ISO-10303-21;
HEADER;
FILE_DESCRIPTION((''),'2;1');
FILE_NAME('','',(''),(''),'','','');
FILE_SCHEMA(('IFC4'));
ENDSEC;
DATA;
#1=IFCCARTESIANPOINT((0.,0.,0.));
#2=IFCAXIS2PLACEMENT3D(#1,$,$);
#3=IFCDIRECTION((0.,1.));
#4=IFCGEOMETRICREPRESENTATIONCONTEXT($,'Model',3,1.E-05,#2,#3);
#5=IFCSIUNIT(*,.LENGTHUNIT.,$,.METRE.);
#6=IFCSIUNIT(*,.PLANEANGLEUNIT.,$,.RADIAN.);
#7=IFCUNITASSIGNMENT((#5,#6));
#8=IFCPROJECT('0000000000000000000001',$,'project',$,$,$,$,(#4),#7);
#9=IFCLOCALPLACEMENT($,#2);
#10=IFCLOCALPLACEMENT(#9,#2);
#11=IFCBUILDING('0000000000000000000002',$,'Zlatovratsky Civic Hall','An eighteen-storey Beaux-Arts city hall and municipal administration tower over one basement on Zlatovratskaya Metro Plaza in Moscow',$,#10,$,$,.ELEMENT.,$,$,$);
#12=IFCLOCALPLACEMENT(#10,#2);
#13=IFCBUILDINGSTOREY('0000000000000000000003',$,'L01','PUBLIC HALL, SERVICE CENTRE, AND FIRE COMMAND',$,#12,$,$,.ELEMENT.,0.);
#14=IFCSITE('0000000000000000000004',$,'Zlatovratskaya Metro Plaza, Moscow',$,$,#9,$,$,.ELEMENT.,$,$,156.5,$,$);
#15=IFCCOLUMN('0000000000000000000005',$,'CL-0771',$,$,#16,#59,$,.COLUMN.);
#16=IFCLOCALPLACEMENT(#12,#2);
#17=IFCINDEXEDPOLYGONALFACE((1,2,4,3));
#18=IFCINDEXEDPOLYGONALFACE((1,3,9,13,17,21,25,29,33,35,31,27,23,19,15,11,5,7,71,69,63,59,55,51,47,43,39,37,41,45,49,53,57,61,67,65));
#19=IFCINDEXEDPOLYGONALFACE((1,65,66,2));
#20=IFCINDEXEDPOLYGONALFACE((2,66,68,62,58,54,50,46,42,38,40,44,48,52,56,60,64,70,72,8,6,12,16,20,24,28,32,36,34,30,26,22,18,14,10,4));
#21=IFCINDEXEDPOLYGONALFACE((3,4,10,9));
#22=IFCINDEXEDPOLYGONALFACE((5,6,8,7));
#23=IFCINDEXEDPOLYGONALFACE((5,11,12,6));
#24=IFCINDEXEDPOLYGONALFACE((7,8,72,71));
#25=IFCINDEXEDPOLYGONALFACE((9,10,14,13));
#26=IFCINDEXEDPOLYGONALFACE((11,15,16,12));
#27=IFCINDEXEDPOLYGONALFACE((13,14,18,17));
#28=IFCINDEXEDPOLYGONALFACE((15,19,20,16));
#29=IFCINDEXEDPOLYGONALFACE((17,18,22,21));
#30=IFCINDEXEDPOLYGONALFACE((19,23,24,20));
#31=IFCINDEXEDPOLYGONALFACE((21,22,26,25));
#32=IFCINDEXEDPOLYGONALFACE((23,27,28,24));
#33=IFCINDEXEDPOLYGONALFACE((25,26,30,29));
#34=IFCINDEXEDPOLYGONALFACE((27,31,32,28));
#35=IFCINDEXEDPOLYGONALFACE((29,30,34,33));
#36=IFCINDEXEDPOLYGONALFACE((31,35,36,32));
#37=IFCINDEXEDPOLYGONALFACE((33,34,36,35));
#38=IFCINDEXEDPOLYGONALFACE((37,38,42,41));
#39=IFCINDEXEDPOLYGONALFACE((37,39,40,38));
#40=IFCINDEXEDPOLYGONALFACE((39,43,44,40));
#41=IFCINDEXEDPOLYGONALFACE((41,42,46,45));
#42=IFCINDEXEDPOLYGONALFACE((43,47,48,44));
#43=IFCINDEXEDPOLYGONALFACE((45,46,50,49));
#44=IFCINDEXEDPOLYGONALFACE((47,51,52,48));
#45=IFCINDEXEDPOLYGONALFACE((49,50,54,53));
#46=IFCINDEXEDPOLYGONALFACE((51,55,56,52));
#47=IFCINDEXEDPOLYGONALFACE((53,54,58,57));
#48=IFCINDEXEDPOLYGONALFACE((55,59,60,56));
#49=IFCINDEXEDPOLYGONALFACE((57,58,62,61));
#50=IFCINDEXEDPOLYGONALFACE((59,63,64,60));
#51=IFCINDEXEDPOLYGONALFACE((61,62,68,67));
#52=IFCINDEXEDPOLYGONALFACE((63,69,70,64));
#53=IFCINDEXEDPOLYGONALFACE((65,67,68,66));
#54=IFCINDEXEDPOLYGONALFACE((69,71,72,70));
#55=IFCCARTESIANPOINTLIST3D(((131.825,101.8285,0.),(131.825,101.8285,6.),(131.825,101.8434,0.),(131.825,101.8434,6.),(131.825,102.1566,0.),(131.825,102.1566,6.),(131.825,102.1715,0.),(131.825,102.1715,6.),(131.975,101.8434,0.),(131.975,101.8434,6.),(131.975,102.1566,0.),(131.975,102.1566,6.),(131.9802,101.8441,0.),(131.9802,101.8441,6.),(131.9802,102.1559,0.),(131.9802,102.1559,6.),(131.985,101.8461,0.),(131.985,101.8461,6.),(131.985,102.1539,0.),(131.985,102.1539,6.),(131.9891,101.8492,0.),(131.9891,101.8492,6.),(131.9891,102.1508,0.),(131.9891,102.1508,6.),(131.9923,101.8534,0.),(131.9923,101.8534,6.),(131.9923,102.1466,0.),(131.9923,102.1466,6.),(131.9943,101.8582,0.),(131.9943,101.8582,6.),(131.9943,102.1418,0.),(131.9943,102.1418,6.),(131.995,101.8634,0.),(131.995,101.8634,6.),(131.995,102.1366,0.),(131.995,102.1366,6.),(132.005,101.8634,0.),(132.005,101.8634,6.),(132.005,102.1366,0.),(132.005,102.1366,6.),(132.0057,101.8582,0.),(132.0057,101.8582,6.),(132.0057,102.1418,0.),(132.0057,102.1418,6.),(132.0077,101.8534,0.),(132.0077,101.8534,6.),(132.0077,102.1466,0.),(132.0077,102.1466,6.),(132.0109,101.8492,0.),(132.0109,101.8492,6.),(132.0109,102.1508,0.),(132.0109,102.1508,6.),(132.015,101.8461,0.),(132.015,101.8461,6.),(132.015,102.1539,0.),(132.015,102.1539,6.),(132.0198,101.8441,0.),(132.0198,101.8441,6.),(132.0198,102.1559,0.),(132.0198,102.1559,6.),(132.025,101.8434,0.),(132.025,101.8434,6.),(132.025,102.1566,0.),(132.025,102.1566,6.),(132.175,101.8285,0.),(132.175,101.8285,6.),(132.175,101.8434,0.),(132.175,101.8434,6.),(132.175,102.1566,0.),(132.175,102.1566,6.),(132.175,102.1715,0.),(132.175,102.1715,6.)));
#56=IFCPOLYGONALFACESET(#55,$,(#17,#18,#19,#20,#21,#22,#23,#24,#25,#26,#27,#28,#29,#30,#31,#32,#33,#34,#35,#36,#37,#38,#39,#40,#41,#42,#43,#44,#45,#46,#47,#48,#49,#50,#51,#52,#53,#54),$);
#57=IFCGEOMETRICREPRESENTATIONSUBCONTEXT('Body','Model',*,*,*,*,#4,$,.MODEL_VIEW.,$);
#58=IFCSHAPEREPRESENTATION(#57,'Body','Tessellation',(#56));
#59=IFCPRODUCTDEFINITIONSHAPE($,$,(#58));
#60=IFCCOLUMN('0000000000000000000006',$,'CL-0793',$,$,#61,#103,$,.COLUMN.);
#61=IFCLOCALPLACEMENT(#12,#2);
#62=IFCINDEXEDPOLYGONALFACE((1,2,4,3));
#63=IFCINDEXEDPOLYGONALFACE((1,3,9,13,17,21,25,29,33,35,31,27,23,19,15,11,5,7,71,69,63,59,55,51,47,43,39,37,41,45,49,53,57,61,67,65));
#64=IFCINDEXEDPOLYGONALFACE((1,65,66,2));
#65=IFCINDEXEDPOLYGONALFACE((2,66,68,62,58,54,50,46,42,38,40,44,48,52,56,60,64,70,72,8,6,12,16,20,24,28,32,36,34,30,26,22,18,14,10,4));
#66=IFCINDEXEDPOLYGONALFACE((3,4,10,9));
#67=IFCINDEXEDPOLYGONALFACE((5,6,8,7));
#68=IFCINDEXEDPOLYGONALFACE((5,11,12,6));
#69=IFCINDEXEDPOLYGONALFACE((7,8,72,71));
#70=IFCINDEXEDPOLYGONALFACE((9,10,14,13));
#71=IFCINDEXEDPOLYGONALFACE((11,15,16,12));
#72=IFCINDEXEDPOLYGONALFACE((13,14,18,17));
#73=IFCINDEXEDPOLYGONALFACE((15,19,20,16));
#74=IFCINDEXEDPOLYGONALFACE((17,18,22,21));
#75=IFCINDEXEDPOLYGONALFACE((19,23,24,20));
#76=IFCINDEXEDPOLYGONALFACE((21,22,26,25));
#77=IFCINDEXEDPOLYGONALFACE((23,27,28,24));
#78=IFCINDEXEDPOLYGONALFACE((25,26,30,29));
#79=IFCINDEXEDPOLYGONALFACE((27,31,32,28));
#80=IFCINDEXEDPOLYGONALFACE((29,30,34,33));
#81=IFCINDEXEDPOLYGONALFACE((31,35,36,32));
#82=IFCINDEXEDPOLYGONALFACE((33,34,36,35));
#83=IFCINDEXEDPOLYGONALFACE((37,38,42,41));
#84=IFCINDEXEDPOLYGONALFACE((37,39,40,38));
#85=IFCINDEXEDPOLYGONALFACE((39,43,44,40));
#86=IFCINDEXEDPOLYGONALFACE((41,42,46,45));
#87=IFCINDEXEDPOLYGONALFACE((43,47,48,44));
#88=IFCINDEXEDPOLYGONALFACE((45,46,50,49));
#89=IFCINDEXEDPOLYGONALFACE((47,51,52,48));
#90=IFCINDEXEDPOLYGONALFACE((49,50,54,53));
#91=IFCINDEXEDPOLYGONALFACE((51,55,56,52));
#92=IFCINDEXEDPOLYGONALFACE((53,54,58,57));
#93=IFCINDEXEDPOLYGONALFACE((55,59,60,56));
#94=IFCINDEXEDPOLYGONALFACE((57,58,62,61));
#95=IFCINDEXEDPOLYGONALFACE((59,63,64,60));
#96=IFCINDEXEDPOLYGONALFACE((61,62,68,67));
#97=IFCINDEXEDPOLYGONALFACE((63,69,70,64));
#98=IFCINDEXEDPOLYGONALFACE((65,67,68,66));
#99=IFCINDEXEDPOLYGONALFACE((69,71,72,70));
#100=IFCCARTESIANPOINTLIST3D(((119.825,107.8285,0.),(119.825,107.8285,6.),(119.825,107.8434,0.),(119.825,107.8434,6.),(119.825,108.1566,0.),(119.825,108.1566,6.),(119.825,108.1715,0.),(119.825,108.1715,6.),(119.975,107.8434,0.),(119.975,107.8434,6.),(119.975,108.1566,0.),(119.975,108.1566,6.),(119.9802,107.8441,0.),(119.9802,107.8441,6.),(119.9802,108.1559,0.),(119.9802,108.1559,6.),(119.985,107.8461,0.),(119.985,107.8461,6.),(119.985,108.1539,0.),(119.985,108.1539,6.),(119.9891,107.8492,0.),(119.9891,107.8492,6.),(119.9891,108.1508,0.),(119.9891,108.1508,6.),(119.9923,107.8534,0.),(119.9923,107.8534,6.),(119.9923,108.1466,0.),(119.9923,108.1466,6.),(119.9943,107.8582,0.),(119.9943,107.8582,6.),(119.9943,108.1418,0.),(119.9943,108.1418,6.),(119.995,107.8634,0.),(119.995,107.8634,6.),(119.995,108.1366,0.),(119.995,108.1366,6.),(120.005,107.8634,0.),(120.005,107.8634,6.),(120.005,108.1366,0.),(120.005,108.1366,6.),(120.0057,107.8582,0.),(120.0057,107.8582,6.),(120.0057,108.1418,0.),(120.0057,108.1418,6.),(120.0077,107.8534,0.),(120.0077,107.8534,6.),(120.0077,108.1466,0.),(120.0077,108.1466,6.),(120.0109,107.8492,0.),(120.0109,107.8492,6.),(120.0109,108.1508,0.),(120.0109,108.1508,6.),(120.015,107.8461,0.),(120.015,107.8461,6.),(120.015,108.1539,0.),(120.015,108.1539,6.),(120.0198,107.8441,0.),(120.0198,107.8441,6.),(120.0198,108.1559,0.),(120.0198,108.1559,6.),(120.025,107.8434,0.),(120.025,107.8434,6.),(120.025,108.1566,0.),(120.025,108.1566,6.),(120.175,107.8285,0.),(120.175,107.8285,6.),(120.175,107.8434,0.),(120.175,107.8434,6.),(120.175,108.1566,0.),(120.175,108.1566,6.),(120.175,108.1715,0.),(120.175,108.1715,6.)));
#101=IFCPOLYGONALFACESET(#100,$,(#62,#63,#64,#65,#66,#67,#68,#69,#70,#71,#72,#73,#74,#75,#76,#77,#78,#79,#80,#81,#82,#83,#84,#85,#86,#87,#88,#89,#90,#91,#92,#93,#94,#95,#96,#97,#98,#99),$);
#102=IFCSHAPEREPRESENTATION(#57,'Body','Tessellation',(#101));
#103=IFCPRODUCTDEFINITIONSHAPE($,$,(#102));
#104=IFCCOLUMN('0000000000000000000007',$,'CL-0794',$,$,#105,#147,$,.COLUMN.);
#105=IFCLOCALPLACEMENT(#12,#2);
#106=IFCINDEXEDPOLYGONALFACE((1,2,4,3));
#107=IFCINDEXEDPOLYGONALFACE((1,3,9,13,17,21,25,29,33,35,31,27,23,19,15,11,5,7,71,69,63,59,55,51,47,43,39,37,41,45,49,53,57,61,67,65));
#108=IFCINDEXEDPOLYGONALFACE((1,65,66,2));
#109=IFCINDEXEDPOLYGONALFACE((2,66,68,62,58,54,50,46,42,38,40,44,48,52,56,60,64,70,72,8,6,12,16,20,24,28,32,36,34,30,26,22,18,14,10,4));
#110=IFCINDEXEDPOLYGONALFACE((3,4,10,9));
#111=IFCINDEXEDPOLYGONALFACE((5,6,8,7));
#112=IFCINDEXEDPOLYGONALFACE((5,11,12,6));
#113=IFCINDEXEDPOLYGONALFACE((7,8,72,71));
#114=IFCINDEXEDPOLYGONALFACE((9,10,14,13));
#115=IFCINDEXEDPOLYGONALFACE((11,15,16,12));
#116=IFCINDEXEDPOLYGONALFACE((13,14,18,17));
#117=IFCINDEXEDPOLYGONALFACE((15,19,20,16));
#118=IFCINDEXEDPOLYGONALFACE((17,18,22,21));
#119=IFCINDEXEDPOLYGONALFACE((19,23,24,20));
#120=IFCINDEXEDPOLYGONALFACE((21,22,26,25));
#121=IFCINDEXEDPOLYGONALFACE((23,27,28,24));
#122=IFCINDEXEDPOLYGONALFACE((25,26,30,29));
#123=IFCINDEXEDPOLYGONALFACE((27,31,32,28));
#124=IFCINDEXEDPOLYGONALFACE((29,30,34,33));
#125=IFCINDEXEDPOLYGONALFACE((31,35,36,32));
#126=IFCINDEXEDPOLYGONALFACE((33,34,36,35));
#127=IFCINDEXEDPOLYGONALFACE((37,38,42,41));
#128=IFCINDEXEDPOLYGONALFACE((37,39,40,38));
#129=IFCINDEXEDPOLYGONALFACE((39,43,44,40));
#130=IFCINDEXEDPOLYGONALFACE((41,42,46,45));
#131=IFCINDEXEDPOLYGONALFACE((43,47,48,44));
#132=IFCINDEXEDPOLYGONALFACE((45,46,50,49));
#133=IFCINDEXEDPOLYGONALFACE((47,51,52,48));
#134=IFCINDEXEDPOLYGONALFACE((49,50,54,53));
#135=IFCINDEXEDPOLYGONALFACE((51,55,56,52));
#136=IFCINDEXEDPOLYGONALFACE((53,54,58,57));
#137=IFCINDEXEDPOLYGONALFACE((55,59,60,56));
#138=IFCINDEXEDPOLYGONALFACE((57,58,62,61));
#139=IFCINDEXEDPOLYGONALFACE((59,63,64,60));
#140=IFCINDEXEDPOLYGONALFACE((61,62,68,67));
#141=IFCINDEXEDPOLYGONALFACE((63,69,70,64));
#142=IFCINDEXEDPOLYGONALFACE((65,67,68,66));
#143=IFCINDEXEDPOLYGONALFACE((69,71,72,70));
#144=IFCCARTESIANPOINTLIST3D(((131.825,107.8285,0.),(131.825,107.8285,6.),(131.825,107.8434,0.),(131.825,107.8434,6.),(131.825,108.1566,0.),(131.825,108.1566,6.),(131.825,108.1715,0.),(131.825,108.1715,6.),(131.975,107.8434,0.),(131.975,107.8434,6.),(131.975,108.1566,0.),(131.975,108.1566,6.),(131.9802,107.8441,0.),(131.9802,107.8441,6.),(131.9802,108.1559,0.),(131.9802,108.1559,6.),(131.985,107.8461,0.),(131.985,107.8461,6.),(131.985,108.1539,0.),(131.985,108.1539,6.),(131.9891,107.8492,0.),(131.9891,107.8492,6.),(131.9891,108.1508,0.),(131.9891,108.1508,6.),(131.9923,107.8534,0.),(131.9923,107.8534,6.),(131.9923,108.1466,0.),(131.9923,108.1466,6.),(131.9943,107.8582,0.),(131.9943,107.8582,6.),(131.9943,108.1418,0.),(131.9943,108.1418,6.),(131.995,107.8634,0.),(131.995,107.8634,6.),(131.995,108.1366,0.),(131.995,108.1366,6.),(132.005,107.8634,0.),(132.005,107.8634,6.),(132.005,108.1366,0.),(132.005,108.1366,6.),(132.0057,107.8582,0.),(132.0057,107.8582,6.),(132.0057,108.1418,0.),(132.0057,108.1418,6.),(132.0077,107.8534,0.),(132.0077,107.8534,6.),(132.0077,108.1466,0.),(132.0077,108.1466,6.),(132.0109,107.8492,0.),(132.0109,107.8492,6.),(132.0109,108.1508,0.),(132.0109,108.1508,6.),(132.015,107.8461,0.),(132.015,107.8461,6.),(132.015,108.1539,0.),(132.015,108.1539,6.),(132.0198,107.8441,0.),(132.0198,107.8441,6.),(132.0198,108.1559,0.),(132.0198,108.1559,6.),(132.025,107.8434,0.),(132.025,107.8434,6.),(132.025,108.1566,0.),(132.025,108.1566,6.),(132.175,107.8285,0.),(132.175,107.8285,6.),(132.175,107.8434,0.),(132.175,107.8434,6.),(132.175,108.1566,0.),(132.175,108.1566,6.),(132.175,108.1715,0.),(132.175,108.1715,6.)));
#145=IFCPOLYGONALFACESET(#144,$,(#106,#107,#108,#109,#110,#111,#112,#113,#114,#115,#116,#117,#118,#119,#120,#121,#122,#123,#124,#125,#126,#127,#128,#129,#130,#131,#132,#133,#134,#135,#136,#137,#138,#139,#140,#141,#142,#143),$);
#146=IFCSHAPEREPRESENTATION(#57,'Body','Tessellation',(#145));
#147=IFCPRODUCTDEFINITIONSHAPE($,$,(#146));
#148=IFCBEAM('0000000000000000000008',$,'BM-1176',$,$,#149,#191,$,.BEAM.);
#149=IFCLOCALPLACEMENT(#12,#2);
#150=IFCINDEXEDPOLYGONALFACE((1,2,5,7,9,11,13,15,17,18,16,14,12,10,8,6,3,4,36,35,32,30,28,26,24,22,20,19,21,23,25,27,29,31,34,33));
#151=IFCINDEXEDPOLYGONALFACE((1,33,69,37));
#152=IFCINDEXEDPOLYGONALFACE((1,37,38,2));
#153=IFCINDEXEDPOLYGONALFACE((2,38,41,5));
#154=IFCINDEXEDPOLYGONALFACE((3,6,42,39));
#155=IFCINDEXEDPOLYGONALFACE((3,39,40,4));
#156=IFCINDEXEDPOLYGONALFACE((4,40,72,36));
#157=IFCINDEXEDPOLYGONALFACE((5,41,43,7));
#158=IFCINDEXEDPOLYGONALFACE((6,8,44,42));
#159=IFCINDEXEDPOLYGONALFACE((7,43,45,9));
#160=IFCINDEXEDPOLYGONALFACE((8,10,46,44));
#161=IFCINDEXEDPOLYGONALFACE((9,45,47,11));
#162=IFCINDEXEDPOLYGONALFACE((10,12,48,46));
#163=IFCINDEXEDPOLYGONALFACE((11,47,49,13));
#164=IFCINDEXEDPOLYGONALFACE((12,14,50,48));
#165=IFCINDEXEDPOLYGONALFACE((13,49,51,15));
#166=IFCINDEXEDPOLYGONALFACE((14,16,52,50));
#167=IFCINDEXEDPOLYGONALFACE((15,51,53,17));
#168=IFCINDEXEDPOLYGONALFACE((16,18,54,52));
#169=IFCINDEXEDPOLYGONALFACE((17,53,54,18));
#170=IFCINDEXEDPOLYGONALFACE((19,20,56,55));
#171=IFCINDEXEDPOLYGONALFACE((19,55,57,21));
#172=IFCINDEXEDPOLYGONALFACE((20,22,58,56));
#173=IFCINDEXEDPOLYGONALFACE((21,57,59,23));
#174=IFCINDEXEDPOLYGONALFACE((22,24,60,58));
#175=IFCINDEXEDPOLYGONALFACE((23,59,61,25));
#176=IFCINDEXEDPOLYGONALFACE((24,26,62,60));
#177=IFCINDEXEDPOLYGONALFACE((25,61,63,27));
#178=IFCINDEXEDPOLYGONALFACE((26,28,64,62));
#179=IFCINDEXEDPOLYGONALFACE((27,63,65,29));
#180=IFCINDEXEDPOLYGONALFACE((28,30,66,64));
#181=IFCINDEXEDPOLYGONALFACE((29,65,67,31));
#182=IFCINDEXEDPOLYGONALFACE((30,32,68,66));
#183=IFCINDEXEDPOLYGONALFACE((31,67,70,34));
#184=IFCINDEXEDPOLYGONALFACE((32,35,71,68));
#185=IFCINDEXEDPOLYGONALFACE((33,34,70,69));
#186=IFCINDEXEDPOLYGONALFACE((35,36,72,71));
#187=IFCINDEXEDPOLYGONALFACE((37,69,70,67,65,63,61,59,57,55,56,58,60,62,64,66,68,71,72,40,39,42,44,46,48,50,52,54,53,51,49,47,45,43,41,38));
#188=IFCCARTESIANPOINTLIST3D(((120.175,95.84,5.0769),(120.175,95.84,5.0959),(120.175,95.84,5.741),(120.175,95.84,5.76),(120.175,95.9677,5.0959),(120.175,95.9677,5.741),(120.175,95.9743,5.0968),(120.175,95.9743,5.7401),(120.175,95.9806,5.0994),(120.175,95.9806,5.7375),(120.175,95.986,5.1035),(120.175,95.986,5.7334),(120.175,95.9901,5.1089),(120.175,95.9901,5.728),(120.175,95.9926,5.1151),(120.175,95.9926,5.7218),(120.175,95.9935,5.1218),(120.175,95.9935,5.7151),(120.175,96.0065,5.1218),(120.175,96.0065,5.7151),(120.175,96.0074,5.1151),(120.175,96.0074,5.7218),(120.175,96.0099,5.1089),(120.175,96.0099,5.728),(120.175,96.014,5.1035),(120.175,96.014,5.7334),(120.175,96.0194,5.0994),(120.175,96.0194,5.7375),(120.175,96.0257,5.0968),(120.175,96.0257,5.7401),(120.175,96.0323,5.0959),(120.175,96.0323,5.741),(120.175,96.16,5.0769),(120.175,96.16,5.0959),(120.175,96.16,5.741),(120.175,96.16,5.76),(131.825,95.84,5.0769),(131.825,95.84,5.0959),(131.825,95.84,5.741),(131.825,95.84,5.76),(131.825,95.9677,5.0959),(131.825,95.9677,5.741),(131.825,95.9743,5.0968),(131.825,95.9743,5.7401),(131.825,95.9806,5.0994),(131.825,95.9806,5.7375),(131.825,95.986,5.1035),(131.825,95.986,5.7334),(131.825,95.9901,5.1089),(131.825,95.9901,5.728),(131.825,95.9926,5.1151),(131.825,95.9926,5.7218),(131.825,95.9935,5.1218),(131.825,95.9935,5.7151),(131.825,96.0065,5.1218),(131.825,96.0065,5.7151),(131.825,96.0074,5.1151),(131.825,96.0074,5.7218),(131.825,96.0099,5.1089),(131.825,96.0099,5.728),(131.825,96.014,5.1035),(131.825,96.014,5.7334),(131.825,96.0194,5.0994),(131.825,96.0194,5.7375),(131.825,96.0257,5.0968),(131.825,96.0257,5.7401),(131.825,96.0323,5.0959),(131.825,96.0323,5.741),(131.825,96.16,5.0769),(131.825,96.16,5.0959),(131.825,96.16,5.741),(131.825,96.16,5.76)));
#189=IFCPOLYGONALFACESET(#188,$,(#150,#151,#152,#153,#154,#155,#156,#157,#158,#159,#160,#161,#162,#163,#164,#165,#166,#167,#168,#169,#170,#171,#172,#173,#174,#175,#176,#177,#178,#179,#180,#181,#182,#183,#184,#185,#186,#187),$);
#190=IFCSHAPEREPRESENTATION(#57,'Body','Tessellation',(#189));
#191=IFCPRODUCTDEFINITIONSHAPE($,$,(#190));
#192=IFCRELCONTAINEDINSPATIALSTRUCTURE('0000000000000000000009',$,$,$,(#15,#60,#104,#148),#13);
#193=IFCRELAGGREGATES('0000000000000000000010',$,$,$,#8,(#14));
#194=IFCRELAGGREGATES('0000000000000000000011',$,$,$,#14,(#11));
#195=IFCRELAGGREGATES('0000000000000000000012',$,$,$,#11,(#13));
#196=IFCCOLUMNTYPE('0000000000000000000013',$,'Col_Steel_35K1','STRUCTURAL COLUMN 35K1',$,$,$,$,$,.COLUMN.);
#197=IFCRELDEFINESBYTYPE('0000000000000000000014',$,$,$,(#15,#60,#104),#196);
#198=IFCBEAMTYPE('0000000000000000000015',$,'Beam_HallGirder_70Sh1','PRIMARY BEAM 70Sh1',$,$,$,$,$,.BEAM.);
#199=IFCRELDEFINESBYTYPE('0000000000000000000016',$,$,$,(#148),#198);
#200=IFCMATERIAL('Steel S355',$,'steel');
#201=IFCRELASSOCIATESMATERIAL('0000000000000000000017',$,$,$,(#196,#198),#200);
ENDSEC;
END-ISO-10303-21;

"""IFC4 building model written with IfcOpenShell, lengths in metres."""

from ifc_helpers import new_model, si_unit, direction, frame, origin, origin_2d, place, context, subcontext, project, spatial, i_section, extrude, material, material_profile, profile_set, type_object, element, save


model = new_model("IFC4")

# Units and contexts
model_context = context("Model", 3, precision=1e-05, world=origin(), true_north=direction((0.0, 1.0)))
body_context = subcontext(model_context, "Body", "Model", "MODEL_VIEW")
ifc_project = project(units=[si_unit("LENGTHUNIT", "METRE"), si_unit("PLANEANGLEUNIT", "RADIAN")], contexts=[model_context])

# Site, building, storey
site_placement = place(None, origin())
site = spatial("IfcSite", under=ifc_project, at=site_placement, Name="Zlatovratskaya Metro Plaza, Moscow", CompositionType="ELEMENT", RefElevation=156.5)
building_placement = place(site_placement, origin())
building = spatial("IfcBuilding", under=site, at=building_placement, Name="Zlatovratsky Civic Hall", Description="An eighteen-storey Beaux-Arts city hall and municipal administration tower over one basement on Zlatovratskaya Metro Plaza in Moscow", CompositionType="ELEMENT")
storey_placement = place(building_placement, origin())
storey = spatial("IfcBuildingStorey", under=building, at=storey_placement, Name="L01", Description="PUBLIC HALL, SERVICE CENTRE, AND FIRE COMMAND", CompositionType="ELEMENT", Elevation=0.0)

# Columns
ifc_material_1 = material(Name="Steel S355", Category="steel")
ifc_material_profile_1 = material_profile(ifc_material_1, i_section(OverallWidth=0.3501, OverallDepth=0.343, WebThickness=0.01, FlangeThickness=0.0149, FilletRadius=0.02, at=origin_2d()), Name="35K1")
ifc_profile_set_1 = profile_set([ifc_material_profile_1], Name="Steel S355")
column_type_1 = type_object("IfcColumnType", Name="Col_Steel_35K1", Description="STRUCTURAL COLUMN 35K1", PredefinedType="COLUMN", material=ifc_profile_set_1)
for number, where, z_axis, x_axis, name in (
    (1, (132.0, 102.0, 0.0), (0.0, 0.0, 1.0), (1.0, 0.0, 0.0), "CL-0771"),
    (2, (120.0, 108.0, 0.0), (0.0, 0.0, 1.0), (1.0, 0.0, 0.0), "CL-0793"),
    (3, (132.0, 108.0, 0.0), (0.0, 0.0, 1.0), (1.0, 0.0, 0.0), "CL-0794"),
):
    element("IfcColumn", number, at=place(storey_placement, frame(where, z_axis=z_axis, x_axis=x_axis)), inside=storey, type_object=column_type_1, Name=name, PredefinedType="COLUMN", context=body_context, shape_type="SweptSolid", body=[
        extrude(i_section(OverallWidth=0.3501, OverallDepth=0.343, WebThickness=0.01, FlangeThickness=0.0149, FilletRadius=0.02, at=origin_2d()), origin(), (0.0, 0.0, 1.0), 6.0),
    ])

# Beam
ifc_material_profile_2 = material_profile(ifc_material_1, i_section(OverallWidth=0.3201, OverallDepth=0.6831, WebThickness=0.0129, FlangeThickness=0.019, FilletRadius=0.0259, at=origin_2d()), Name="70Sh1")
ifc_profile_set_2 = profile_set([ifc_material_profile_2], Name="Steel S355")
beam_type_1 = type_object("IfcBeamType", Name="Beam_HallGirder_70Sh1", Description="PRIMARY BEAM 70Sh1", PredefinedType="BEAM", material=ifc_profile_set_2)
for number, where, z_axis, x_axis, name in (
    (4, (120.175, 96.0, 5.4185), (1.0, 0.0, 0.0), (0.0, 1.0, 0.0), "BM-1176"),
):
    element("IfcBeam", number, at=place(storey_placement, frame(where, z_axis=z_axis, x_axis=x_axis)), inside=storey, type_object=beam_type_1, Name=name, PredefinedType="BEAM", context=body_context, shape_type="SweptSolid", body=[
        extrude(i_section(OverallWidth=0.3201, OverallDepth=0.6831, WebThickness=0.0129, FlangeThickness=0.019, FilletRadius=0.0259, at=origin_2d()), origin(), (0.0, 0.0, 1.0), 11.6499),
    ])

save(model, "model.ifc")
